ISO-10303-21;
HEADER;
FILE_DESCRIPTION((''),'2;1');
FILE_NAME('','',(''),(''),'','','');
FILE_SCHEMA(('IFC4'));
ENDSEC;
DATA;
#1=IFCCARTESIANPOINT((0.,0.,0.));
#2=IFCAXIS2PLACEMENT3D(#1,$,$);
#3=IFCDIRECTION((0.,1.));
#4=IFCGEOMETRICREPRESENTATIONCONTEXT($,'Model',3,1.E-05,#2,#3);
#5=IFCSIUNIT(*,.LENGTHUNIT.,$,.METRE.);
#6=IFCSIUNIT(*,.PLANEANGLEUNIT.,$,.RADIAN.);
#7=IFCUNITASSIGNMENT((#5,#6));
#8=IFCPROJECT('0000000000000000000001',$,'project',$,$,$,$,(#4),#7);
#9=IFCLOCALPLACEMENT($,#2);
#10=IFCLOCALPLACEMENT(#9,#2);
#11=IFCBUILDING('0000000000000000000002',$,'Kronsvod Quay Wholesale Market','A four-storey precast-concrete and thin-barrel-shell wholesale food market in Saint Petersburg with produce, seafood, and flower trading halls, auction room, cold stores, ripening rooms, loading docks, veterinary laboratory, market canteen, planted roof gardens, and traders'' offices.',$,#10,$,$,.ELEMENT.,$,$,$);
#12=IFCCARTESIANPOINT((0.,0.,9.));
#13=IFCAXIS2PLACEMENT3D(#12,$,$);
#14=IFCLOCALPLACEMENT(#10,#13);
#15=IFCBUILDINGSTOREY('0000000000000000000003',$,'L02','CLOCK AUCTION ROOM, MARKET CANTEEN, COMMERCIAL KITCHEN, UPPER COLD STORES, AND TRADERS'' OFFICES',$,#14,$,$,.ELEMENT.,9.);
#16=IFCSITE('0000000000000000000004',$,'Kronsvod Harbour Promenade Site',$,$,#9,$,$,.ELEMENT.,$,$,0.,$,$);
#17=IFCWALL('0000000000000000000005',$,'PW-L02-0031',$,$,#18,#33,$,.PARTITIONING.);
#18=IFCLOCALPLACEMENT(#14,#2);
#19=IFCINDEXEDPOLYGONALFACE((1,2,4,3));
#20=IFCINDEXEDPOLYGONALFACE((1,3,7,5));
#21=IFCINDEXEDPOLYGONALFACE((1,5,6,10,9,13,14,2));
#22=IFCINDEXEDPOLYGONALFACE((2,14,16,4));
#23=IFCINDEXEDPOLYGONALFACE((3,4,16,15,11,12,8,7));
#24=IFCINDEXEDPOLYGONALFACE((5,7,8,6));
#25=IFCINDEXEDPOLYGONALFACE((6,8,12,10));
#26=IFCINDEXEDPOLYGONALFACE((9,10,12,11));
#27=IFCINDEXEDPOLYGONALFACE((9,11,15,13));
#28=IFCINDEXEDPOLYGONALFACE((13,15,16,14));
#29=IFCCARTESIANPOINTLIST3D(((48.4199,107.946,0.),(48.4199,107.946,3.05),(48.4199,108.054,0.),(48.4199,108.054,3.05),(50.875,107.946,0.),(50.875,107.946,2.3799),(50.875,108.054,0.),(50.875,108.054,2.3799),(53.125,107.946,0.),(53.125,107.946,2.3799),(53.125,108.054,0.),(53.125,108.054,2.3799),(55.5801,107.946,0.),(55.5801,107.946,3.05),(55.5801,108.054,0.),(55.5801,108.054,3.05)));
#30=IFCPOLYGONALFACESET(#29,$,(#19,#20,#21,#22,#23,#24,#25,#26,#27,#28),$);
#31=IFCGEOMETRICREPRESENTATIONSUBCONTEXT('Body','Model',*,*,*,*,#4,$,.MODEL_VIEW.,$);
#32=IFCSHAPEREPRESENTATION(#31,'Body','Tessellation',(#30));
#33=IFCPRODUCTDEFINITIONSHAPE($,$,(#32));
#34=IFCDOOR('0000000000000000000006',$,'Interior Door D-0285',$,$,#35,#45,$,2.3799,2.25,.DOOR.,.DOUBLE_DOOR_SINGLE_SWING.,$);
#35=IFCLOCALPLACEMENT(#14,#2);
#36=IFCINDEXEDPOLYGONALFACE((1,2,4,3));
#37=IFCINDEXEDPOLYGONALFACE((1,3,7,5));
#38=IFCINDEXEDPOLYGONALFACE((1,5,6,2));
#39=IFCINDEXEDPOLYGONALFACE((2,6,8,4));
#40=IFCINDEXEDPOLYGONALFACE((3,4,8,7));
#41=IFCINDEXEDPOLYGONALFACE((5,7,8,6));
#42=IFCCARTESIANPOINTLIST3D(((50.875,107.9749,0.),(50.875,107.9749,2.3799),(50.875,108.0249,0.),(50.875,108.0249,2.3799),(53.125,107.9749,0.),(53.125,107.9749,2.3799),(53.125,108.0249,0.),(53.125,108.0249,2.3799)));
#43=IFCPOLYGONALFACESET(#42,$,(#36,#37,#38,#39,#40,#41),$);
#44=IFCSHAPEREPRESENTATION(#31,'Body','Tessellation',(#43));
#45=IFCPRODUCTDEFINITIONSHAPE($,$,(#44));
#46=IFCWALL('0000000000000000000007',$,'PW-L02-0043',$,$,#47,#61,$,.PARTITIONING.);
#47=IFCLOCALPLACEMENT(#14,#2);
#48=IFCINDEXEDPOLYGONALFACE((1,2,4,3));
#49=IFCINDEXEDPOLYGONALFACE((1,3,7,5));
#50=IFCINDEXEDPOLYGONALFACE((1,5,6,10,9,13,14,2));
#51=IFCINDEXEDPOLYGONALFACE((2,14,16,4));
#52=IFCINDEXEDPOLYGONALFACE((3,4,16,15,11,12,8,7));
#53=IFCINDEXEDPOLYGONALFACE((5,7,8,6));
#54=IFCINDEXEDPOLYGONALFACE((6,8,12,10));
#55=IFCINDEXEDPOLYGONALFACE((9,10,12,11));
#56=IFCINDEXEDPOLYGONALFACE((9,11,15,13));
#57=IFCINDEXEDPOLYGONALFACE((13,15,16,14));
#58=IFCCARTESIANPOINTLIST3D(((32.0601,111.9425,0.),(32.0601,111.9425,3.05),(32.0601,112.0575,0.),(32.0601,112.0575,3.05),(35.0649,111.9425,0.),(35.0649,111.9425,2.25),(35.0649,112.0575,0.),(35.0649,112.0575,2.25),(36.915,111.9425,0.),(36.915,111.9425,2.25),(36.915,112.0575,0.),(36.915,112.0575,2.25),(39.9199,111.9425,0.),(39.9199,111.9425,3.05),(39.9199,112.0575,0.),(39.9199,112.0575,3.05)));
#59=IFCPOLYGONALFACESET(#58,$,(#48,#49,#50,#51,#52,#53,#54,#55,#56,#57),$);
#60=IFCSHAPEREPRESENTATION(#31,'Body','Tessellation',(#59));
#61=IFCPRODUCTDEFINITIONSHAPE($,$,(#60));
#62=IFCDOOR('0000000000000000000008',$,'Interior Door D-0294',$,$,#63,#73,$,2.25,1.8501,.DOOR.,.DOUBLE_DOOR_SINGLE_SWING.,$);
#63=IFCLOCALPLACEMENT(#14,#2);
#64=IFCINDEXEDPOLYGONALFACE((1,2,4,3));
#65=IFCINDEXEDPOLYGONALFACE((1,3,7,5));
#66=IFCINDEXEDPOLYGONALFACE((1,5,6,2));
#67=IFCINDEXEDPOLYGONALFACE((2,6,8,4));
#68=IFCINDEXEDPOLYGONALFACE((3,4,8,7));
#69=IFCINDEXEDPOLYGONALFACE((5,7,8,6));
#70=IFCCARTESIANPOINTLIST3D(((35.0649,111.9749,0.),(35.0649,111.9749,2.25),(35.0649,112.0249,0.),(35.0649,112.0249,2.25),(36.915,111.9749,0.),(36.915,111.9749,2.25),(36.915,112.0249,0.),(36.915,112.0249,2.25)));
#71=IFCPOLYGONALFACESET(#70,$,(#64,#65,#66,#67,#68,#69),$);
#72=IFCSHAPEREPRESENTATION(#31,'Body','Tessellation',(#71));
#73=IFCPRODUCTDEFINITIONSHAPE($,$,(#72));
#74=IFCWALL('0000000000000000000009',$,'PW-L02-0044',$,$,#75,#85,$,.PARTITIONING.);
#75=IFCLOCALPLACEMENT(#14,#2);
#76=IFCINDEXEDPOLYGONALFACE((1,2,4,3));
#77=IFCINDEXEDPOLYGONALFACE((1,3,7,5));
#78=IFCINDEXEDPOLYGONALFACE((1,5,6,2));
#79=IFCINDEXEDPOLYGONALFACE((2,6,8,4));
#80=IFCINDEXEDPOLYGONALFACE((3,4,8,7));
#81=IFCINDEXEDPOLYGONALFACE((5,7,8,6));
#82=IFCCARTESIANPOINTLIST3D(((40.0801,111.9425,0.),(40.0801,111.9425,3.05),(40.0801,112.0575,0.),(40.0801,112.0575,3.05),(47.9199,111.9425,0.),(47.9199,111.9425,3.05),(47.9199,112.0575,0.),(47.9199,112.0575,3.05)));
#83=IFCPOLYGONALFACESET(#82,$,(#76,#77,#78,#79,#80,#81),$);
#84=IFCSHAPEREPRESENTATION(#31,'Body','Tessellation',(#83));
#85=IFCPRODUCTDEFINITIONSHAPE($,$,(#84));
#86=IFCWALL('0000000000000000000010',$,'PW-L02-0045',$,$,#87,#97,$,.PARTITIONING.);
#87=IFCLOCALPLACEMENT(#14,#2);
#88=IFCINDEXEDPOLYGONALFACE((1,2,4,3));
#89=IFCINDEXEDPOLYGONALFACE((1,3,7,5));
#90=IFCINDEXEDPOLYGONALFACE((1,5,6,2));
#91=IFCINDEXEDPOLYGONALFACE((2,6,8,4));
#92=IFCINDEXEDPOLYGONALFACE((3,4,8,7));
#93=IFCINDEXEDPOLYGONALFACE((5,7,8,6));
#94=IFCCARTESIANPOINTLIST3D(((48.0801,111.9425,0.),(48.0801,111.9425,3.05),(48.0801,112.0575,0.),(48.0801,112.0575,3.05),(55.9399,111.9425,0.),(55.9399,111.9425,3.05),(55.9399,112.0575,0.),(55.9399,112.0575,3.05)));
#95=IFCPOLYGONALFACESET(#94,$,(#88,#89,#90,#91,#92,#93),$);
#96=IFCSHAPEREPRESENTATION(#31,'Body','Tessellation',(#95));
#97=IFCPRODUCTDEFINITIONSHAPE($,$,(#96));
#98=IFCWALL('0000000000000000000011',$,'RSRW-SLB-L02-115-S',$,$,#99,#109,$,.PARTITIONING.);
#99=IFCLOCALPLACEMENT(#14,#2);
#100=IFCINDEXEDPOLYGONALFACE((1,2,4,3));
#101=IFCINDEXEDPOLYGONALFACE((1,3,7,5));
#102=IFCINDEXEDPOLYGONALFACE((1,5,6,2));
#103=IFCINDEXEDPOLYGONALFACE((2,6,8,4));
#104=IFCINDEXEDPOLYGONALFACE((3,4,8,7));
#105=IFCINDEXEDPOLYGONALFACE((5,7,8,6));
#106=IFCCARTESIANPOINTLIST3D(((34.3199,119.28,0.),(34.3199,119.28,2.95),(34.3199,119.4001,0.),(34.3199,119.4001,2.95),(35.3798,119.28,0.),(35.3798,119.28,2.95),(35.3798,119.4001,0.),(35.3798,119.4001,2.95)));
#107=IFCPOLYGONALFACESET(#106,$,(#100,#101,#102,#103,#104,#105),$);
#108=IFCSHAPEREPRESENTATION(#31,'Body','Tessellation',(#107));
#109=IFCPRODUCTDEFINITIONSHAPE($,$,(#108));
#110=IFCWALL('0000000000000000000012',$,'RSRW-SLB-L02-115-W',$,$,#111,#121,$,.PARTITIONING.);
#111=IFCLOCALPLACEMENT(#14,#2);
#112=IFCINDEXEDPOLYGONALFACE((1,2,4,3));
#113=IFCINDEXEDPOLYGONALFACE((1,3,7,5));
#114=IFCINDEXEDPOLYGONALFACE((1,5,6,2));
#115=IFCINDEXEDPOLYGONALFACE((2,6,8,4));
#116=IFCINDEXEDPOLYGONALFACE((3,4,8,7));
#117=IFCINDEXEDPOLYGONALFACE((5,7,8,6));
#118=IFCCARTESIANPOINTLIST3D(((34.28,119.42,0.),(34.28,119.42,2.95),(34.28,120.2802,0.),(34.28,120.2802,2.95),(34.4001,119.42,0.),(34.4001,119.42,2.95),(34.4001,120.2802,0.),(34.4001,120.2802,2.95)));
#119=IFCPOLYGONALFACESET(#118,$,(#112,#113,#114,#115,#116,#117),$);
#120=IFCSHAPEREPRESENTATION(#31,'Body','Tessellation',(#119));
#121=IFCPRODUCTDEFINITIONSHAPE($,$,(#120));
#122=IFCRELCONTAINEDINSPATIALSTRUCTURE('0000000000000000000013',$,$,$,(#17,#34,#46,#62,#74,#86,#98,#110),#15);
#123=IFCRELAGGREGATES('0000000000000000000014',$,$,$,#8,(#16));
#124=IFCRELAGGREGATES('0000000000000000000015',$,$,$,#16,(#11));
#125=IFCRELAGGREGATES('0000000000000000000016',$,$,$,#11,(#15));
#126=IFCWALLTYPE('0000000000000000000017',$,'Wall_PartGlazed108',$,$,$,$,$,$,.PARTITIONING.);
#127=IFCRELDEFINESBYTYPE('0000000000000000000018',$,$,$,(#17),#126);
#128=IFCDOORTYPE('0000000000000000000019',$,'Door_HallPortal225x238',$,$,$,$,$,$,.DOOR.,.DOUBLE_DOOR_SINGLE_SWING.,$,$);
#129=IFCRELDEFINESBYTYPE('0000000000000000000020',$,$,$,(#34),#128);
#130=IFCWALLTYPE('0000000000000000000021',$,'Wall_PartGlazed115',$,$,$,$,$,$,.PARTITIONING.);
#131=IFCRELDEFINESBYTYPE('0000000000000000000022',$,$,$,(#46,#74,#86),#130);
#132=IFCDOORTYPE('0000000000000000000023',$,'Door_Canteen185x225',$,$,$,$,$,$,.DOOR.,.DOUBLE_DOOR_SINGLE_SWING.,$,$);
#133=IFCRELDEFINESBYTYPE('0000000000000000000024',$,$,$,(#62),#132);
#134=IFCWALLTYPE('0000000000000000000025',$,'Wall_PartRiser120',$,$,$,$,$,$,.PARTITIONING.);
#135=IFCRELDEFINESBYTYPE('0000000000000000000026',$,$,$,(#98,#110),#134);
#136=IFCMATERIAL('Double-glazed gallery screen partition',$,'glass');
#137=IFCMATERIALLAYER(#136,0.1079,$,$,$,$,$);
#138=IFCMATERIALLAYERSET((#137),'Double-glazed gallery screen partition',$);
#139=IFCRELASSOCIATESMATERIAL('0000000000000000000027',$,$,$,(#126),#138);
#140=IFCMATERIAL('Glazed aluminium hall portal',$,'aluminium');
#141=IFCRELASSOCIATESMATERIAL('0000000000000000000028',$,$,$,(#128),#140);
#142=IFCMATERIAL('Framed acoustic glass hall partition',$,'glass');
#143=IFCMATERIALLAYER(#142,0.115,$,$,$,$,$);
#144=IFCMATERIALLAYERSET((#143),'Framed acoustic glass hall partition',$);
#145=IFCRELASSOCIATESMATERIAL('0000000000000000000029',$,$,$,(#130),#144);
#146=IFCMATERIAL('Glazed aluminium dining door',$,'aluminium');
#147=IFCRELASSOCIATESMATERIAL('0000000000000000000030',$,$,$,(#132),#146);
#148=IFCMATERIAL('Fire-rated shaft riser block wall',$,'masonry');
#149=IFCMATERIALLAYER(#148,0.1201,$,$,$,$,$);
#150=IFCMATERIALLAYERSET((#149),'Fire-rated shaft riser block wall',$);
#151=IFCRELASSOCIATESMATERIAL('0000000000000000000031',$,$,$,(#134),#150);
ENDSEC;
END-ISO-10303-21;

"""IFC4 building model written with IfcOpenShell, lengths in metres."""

from ifc_helpers import new_model, si_unit, direction, frame, frame_2d, origin, place, context, subcontext, project, spatial, rectangle, extrude, material, layer, layer_set, type_object, element, fill, save


model = new_model("IFC4")

# Units and contexts
model_context = context("Model", 3, precision=1e-05, world=origin(), true_north=direction((0.0, 1.0)))
body_context = subcontext(model_context, "Body", "Model", "MODEL_VIEW")
ifc_project = project(units=[si_unit("LENGTHUNIT", "METRE"), si_unit("PLANEANGLEUNIT", "RADIAN")], contexts=[model_context])

# Site, building, storey
site_placement = place(None, origin())
site = spatial("IfcSite", under=ifc_project, at=site_placement, Name="Kronsvod Harbour Promenade Site", CompositionType="ELEMENT", RefElevation=0.0)
building_placement = place(site_placement, origin())
building = spatial("IfcBuilding", under=site, at=building_placement, Name="Kronsvod Quay Wholesale Market", Description="A four-storey precast-concrete and thin-barrel-shell wholesale food market in Saint Petersburg with produce, seafood, and flower trading halls, auction room, cold stores, ripening rooms, loading docks, veterinary laboratory, market canteen, planted roof gardens, and traders' offices.", CompositionType="ELEMENT")
storey_placement = place(building_placement, frame((0.0, 0.0, 9.0)))
storey = spatial("IfcBuildingStorey", under=building, at=storey_placement, Name="L02", Description="CLOCK AUCTION ROOM, MARKET CANTEEN, COMMERCIAL KITCHEN, UPPER COLD STORES, AND TRADERS' OFFICES", CompositionType="ELEMENT", Elevation=9.0)

# Walls, openings, doors
ifc_material_1 = material(Name="Double-glazed gallery screen partition", Category="glass")
ifc_layer_1 = layer(ifc_material_1, 0.1079)
ifc_layer_set_1 = layer_set([ifc_layer_1], Name="Double-glazed gallery screen partition")
wall_type_1 = type_object("IfcWallType", Name="Wall_PartGlazed108", PredefinedType="PARTITIONING", material=ifc_layer_set_1)
wall_1_placement = place(storey_placement, frame((48.4199, 108.0, 0.0), z_axis=(0.0, 0.0, 1.0), x_axis=(1.0, 0.0, 0.0)))
wall_1 = element("IfcWall", 1, at=wall_1_placement, inside=storey, type_object=wall_type_1, Name="PW-L02-0031", PredefinedType="PARTITIONING", context=body_context, shape_type="SweptSolid", body=[
    extrude(rectangle(XDim=7.1602, YDim=0.1079, at=frame_2d((3.5801, 0.0))), origin(), (0.0, 0.0, 1.0), 3.05),
])
opening_1_placement = place(wall_1_placement, frame((2.4551, 0.0, 0.0)))
opening_1 = element("IfcOpeningElement", 2, at=opening_1_placement, cuts=wall_1, PredefinedType="OPENING", context=body_context, shape_type="SweptSolid", body=[
    extrude(rectangle(XDim=2.25, YDim=2.3799, at=frame_2d((1.125, 1.1899))), frame((0.0, 0.064, 0.0), z_axis=(0.0, -1.0, 0.0), x_axis=(1.0, 0.0, 0.0)), (0.0, 0.0, 1.0), 0.1279),
])
ifc_material_2 = material(Name="Glazed aluminium hall portal", Category="aluminium")
door_type_1 = type_object("IfcDoorType", Name="Door_HallPortal225x238", OperationType="DOUBLE_DOOR_SINGLE_SWING", PredefinedType="DOOR", material=ifc_material_2)
door_1_placement = place(opening_1_placement, origin())
door_1 = element("IfcDoor", 3, at=door_1_placement, inside=storey, type_object=door_type_1, Name="Interior Door D-0285", OperationType="DOUBLE_DOOR_SINGLE_SWING", OverallHeight=2.3799, OverallWidth=2.25, PredefinedType="DOOR", context=body_context, shape_type="SweptSolid", body=[
    extrude(rectangle(XDim=2.25, YDim=2.3799, at=frame_2d((1.125, 1.1899))), frame((0.0, 0.0249, 0.0), z_axis=(0.0, -1.0, 0.0), x_axis=(1.0, 0.0, 0.0)), (0.0, 0.0, 1.0), 0.05),
])
fill(opening_1, door_1)
ifc_material_3 = material(Name="Framed acoustic glass hall partition", Category="glass")
ifc_layer_2 = layer(ifc_material_3, 0.115)
ifc_layer_set_2 = layer_set([ifc_layer_2], Name="Framed acoustic glass hall partition")
wall_type_2 = type_object("IfcWallType", Name="Wall_PartGlazed115", PredefinedType="PARTITIONING", material=ifc_layer_set_2)
wall_2_placement = place(storey_placement, frame((32.0601, 112.0, 0.0), z_axis=(0.0, 0.0, 1.0), x_axis=(1.0, 0.0, 0.0)))
wall_2 = element("IfcWall", 4, at=wall_2_placement, inside=storey, type_object=wall_type_2, Name="PW-L02-0043", PredefinedType="PARTITIONING", context=body_context, shape_type="SweptSolid", body=[
    extrude(rectangle(XDim=7.8599, YDim=0.115, at=frame_2d((3.9299, 0.0))), origin(), (0.0, 0.0, 1.0), 3.05),
])
opening_2_placement = place(wall_2_placement, frame((3.0049, 0.0, 0.0)))
opening_2 = element("IfcOpeningElement", 5, at=opening_2_placement, cuts=wall_2, PredefinedType="OPENING", context=body_context, shape_type="SweptSolid", body=[
    extrude(rectangle(XDim=1.8501, YDim=2.25, at=frame_2d((0.925, 1.125))), frame((0.0, 0.0674, 0.0), z_axis=(0.0, -1.0, 0.0), x_axis=(1.0, 0.0, 0.0)), (0.0, 0.0, 1.0), 0.135),
])
ifc_material_4 = material(Name="Glazed aluminium dining door", Category="aluminium")
door_type_2 = type_object("IfcDoorType", Name="Door_Canteen185x225", OperationType="DOUBLE_DOOR_SINGLE_SWING", PredefinedType="DOOR", material=ifc_material_4)
door_2_placement = place(opening_2_placement, origin())
door_2 = element("IfcDoor", 6, at=door_2_placement, inside=storey, type_object=door_type_2, Name="Interior Door D-0294", OperationType="DOUBLE_DOOR_SINGLE_SWING", OverallHeight=2.25, OverallWidth=1.8501, PredefinedType="DOOR", context=body_context, shape_type="SweptSolid", body=[
    extrude(rectangle(XDim=1.8501, YDim=2.25, at=frame_2d((0.925, 1.125))), frame((0.0, 0.0249, 0.0), z_axis=(0.0, -1.0, 0.0), x_axis=(1.0, 0.0, 0.0)), (0.0, 0.0, 1.0), 0.05),
])
fill(opening_2, door_2)

# Walls
wall_3_placement = place(storey_placement, frame((40.0801, 112.0, 0.0), z_axis=(0.0, 0.0, 1.0), x_axis=(1.0, 0.0, 0.0)))
element("IfcWall", 7, at=wall_3_placement, inside=storey, type_object=wall_type_2, Name="PW-L02-0044", PredefinedType="PARTITIONING", context=body_context, shape_type="SweptSolid", body=[
    extrude(rectangle(XDim=7.8398, YDim=0.115, at=frame_2d((3.9199, 0.0))), origin(), (0.0, 0.0, 1.0), 3.05),
])
wall_4_placement = place(storey_placement, frame((48.0801, 112.0, 0.0), z_axis=(0.0, 0.0, 1.0), x_axis=(1.0, 0.0, 0.0)))
element("IfcWall", 8, at=wall_4_placement, inside=storey, type_object=wall_type_2, Name="PW-L02-0045", PredefinedType="PARTITIONING", context=body_context, shape_type="SweptSolid", body=[
    extrude(rectangle(XDim=7.8599, YDim=0.115, at=frame_2d((3.9299, 0.0))), origin(), (0.0, 0.0, 1.0), 3.05),
])
ifc_material_5 = material(Name="Fire-rated shaft riser block wall", Category="masonry")
ifc_layer_3 = layer(ifc_material_5, 0.1201)
ifc_layer_set_3 = layer_set([ifc_layer_3], Name="Fire-rated shaft riser block wall")
wall_type_3 = type_object("IfcWallType", Name="Wall_PartRiser120", PredefinedType="PARTITIONING", material=ifc_layer_set_3)
wall_5_placement = place(storey_placement, frame((34.3201, 119.3401, 0.0), z_axis=(0.0, 0.0, 1.0), x_axis=(1.0, 0.0, 0.0)))
element("IfcWall", 9, at=wall_5_placement, inside=storey, type_object=wall_type_3, Name="RSRW-SLB-L02-115-S", PredefinedType="PARTITIONING", context=body_context, shape_type="SweptSolid", body=[
    extrude(rectangle(XDim=1.0598, YDim=0.1201, at=frame_2d((0.5298, 0.0))), origin(), (0.0, 0.0, 1.0), 2.95),
])
wall_6_placement = place(storey_placement, frame((34.3401, 119.4199, 0.0), z_axis=(0.0, 0.0, 1.0), x_axis=(0.0, 1.0, 0.0)))
element("IfcWall", 10, at=wall_6_placement, inside=storey, type_object=wall_type_3, Name="RSRW-SLB-L02-115-W", PredefinedType="PARTITIONING", context=body_context, shape_type="SweptSolid", body=[
    extrude(rectangle(XDim=0.8601, YDim=0.1201, at=frame_2d((0.4302, 0.0))), origin(), (0.0, 0.0, 1.0), 2.95),
])

save(model, "model.ifc")
